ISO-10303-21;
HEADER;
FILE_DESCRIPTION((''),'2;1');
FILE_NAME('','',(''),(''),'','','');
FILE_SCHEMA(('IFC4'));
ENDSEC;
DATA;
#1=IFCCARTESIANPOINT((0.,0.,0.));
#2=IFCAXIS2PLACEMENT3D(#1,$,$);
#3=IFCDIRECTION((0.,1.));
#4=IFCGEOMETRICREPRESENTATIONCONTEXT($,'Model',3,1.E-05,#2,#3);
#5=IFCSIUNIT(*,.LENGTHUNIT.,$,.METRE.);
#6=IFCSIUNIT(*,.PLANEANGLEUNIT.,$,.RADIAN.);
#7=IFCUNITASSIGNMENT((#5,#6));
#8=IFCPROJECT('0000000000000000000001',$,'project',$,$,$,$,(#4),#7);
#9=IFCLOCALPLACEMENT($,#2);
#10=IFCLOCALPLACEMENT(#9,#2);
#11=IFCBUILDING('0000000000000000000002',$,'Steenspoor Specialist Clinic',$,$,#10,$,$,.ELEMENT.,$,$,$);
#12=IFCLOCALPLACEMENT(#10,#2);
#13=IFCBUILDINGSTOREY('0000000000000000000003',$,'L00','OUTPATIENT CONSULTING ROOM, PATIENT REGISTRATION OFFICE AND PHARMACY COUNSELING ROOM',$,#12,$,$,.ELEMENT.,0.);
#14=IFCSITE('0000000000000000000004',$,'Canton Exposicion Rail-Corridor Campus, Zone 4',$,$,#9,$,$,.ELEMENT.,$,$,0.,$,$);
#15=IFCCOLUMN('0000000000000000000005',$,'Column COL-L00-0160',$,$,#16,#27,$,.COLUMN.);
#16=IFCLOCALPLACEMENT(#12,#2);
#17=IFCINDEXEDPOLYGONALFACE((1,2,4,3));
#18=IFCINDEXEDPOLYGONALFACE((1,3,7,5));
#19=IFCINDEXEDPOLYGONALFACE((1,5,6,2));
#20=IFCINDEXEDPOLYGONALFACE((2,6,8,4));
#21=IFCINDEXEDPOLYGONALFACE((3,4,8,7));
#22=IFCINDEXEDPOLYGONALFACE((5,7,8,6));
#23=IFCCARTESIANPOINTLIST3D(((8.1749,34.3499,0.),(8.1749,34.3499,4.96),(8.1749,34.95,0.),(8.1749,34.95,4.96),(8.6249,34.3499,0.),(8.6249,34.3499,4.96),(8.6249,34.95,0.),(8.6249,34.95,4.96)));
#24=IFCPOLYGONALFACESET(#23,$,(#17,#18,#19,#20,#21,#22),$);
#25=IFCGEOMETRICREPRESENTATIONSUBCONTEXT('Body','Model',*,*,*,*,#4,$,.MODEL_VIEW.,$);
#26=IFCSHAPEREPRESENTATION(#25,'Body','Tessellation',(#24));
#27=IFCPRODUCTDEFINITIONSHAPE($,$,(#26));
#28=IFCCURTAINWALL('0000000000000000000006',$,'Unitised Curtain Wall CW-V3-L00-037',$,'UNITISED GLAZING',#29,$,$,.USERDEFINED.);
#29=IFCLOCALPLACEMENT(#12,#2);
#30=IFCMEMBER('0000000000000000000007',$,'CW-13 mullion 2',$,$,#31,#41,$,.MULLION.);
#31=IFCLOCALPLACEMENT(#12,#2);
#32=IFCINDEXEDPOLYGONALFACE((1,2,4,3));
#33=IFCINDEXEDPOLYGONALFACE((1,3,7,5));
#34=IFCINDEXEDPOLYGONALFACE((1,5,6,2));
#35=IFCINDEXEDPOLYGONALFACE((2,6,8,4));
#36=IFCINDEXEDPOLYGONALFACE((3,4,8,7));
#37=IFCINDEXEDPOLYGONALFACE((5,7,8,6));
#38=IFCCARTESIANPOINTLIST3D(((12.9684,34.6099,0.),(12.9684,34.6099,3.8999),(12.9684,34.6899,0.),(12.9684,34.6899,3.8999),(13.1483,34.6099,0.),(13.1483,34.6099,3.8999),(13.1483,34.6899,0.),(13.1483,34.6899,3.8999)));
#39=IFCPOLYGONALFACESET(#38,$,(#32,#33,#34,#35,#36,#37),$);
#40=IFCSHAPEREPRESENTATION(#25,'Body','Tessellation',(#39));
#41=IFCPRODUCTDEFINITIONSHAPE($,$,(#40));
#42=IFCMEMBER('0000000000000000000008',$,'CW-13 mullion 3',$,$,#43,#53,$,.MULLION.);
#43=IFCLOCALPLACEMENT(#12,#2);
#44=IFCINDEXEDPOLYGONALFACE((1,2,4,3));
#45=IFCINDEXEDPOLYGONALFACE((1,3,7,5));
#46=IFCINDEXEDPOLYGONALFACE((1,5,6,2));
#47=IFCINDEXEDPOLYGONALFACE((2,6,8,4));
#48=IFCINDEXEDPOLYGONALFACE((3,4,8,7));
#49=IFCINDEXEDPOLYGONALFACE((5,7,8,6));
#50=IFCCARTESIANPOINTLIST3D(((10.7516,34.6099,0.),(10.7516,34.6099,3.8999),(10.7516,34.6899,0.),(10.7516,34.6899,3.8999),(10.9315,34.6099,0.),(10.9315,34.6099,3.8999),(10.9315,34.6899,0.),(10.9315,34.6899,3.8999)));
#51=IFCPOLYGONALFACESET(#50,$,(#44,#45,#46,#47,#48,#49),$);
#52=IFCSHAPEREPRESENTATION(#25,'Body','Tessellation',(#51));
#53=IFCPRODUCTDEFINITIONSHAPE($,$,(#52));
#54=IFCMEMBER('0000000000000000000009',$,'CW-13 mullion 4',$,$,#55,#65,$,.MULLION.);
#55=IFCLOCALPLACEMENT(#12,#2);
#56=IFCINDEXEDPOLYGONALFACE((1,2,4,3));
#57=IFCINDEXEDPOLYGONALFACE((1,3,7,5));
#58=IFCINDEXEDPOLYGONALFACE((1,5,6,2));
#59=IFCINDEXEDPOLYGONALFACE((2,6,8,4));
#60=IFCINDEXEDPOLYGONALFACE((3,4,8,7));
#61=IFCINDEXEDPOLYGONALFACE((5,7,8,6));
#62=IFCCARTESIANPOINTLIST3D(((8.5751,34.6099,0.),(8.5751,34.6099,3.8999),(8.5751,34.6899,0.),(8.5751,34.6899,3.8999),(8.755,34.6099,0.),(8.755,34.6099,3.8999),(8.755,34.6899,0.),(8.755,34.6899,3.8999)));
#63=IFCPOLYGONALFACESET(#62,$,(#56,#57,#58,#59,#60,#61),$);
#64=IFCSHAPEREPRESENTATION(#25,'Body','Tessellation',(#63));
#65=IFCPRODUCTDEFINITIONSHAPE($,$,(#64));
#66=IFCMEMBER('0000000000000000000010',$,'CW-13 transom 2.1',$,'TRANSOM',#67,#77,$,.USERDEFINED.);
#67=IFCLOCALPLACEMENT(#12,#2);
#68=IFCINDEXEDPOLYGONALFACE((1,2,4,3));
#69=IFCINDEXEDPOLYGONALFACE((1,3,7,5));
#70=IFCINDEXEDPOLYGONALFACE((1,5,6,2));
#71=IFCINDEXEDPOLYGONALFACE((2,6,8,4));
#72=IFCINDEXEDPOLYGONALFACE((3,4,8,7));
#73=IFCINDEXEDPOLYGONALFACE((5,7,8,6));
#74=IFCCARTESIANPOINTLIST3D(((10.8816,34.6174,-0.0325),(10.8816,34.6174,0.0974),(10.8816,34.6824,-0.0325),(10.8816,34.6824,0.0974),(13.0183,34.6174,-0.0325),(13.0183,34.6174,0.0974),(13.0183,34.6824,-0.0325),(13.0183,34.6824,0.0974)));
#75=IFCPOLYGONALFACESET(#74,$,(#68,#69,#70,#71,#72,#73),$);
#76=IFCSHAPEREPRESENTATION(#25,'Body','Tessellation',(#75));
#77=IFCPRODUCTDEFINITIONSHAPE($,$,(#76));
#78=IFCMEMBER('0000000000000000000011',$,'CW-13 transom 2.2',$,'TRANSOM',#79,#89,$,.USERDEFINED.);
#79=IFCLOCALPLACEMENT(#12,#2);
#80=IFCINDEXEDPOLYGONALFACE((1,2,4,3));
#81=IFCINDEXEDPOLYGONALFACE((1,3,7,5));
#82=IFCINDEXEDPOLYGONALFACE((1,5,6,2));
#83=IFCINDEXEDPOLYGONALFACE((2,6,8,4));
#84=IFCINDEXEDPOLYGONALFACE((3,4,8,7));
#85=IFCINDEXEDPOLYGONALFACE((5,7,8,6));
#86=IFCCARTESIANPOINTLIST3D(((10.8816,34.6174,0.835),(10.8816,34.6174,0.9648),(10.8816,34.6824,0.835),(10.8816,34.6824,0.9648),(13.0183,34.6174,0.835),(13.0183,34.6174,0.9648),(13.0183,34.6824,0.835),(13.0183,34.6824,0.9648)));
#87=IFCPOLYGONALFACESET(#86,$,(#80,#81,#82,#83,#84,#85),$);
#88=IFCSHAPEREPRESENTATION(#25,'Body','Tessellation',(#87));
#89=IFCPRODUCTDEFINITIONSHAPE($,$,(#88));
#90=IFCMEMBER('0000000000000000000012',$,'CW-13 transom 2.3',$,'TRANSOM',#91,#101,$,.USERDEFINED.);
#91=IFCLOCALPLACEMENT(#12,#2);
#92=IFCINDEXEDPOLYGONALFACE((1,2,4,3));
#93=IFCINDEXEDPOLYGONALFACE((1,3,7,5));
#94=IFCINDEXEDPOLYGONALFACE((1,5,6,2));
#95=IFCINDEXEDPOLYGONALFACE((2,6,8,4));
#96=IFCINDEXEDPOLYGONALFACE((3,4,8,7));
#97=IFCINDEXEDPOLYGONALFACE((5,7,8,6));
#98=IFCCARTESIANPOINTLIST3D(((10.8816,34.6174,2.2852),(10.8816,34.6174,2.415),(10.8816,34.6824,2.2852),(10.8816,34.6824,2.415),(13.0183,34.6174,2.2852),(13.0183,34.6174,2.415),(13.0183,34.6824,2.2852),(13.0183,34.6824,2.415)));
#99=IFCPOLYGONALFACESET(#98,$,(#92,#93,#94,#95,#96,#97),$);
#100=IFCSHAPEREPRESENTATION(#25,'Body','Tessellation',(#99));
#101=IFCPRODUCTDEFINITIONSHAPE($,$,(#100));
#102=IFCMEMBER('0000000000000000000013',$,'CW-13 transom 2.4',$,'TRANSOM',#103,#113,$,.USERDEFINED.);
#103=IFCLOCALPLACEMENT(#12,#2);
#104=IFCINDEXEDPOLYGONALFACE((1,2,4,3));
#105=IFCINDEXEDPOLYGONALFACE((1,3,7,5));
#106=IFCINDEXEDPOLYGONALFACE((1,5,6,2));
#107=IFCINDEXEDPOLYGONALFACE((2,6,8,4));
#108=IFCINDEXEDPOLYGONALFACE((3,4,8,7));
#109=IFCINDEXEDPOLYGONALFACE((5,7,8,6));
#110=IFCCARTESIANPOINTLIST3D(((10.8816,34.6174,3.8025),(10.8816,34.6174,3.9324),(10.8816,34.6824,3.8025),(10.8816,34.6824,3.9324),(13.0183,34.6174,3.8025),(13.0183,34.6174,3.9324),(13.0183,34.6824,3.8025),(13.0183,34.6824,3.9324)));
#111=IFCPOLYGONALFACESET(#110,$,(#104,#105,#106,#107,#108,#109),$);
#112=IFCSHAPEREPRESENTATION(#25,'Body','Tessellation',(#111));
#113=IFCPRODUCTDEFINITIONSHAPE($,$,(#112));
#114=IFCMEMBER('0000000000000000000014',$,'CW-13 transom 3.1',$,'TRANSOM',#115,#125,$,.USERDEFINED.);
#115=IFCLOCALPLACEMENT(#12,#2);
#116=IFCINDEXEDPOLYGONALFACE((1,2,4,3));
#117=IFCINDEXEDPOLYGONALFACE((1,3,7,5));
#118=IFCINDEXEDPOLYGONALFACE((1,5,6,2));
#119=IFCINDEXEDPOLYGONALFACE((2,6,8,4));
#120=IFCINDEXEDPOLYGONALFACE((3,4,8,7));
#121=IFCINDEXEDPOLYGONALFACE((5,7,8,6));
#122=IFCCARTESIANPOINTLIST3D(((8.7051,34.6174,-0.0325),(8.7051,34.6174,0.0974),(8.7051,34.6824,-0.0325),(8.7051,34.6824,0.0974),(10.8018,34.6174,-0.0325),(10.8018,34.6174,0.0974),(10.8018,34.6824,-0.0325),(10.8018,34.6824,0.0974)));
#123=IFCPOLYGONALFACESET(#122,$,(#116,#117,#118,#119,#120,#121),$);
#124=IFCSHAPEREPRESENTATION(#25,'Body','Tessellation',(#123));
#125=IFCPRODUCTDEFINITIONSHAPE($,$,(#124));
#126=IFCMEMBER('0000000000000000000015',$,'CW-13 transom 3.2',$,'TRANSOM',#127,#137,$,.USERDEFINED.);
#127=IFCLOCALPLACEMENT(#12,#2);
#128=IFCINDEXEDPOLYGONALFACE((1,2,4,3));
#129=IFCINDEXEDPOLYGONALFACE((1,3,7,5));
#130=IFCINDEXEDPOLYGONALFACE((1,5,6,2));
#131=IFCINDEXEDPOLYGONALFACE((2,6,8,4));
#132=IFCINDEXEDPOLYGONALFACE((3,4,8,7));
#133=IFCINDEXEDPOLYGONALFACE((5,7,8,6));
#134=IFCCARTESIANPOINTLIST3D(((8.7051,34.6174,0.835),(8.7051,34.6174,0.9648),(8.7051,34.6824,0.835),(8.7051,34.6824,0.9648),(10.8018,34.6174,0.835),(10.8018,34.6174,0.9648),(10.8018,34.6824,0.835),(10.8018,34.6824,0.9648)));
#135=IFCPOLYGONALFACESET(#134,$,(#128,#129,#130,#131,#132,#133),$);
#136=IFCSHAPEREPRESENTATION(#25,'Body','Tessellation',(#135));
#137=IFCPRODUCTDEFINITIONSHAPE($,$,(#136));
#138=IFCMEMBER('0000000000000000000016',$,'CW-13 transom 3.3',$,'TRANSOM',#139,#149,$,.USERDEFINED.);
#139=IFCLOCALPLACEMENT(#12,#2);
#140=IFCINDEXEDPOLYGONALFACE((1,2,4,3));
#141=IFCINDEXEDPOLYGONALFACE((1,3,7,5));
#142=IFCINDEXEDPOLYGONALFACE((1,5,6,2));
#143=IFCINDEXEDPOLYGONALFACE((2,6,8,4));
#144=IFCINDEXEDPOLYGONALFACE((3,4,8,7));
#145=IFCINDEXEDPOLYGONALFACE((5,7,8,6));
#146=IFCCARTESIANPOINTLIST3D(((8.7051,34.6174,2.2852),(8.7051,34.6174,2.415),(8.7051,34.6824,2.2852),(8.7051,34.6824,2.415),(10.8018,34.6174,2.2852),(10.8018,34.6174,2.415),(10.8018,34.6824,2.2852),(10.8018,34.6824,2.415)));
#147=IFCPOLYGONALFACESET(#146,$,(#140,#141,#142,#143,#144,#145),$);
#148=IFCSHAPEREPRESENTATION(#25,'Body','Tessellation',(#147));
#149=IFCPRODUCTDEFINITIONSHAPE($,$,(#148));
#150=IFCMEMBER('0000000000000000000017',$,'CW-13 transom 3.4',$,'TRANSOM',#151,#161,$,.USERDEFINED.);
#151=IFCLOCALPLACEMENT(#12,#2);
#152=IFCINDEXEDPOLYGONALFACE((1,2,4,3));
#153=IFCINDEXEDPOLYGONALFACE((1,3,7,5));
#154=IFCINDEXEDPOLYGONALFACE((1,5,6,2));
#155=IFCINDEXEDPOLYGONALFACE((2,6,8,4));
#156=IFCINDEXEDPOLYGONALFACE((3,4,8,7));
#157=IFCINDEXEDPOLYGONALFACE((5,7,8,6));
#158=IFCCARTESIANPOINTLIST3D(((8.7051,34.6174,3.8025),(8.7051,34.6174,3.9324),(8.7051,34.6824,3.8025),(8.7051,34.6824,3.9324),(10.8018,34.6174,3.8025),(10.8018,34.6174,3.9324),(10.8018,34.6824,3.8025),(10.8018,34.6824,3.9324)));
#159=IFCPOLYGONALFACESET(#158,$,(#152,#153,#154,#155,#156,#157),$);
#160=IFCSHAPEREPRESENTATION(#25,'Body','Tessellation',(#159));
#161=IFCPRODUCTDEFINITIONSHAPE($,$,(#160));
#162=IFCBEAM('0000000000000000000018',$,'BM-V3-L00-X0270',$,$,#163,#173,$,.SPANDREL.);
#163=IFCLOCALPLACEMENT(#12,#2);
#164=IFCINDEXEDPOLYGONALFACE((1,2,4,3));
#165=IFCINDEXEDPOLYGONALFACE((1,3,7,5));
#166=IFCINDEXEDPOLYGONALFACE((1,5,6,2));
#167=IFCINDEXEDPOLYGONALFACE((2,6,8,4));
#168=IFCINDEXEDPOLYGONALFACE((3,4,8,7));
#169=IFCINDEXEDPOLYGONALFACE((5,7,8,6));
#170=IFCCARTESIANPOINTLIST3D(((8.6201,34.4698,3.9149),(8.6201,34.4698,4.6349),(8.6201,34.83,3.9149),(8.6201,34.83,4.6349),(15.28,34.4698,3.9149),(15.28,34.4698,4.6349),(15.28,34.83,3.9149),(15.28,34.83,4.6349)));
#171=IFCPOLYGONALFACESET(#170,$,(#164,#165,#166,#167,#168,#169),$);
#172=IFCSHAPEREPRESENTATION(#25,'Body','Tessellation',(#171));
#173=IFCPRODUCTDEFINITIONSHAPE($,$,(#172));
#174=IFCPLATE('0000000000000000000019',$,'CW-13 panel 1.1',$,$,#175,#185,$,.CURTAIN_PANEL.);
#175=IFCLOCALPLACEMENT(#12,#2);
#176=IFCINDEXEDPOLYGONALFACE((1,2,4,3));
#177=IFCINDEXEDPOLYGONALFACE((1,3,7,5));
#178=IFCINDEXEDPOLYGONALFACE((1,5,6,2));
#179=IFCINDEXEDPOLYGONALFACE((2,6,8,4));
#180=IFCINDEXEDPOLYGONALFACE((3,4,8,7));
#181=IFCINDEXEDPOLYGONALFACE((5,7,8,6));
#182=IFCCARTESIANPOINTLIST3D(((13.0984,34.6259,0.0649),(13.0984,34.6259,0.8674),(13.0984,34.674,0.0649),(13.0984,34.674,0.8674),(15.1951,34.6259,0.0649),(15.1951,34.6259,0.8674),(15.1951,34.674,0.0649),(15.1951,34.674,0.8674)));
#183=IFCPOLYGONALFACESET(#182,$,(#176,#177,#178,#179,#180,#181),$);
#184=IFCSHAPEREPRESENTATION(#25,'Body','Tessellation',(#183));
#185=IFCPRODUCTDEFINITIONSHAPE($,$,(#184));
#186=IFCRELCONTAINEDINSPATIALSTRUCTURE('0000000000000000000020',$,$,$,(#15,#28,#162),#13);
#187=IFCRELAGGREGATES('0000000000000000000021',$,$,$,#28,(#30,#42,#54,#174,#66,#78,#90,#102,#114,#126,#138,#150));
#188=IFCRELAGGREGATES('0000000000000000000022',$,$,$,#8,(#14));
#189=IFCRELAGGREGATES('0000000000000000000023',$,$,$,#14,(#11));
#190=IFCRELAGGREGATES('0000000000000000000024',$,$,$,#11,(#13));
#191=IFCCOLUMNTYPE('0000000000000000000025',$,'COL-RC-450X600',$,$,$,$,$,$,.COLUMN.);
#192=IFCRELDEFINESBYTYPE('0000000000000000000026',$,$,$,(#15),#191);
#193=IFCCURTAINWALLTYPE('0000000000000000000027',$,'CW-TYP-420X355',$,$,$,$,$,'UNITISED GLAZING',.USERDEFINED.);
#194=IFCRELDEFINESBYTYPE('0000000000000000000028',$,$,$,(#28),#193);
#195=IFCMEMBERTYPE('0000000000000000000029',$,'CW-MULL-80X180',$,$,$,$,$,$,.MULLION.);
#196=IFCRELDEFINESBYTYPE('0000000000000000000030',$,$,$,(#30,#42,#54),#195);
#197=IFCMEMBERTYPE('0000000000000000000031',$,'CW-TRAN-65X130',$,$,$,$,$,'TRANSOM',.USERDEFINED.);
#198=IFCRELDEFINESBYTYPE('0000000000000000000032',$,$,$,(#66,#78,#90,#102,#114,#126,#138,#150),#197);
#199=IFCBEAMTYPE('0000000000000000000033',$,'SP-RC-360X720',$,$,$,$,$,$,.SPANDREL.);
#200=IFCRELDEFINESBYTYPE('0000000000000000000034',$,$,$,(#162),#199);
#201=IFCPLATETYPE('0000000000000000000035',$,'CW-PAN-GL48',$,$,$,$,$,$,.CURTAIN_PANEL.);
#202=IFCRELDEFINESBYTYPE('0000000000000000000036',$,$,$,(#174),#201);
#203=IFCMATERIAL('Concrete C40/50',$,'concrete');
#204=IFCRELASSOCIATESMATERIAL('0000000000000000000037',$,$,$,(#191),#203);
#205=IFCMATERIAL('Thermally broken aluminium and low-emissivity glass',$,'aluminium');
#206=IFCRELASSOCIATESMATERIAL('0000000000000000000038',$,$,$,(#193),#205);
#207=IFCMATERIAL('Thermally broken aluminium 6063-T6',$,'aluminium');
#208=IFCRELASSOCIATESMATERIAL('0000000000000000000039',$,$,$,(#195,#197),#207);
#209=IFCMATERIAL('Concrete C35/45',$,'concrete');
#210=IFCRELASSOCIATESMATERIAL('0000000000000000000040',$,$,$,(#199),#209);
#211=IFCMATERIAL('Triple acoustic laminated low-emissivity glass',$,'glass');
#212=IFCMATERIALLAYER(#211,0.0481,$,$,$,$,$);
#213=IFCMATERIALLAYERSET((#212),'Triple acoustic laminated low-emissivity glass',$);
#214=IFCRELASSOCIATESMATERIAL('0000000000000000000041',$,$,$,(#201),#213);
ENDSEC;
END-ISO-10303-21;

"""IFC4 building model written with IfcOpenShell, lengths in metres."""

from ifc_helpers import new_model, si_unit, direction, frame, origin, origin_2d, place, context, subcontext, project, spatial, rectangle, extrude, material, layer, layer_set, material_profile, profile_set, type_object, element, aggregate, save


model = new_model("IFC4")

# Units and contexts
model_context = context("Model", 3, precision=1e-05, world=origin(), true_north=direction((0.0, 1.0)))
body_context = subcontext(model_context, "Body", "Model", "MODEL_VIEW")
ifc_project = project(units=[si_unit("LENGTHUNIT", "METRE"), si_unit("PLANEANGLEUNIT", "RADIAN")], contexts=[model_context])

# Site, building, storey
site_placement = place(None, origin())
site = spatial("IfcSite", under=ifc_project, at=site_placement, Name="Canton Exposicion Rail-Corridor Campus, Zone 4", CompositionType="ELEMENT", RefElevation=0.0)
building_placement = place(site_placement, origin())
building = spatial("IfcBuilding", under=site, at=building_placement, Name="Steenspoor Specialist Clinic", CompositionType="ELEMENT")
storey_placement = place(building_placement, origin())
storey = spatial("IfcBuildingStorey", under=building, at=storey_placement, Name="L00", Description="OUTPATIENT CONSULTING ROOM, PATIENT REGISTRATION OFFICE AND PHARMACY COUNSELING ROOM", CompositionType="ELEMENT", Elevation=0.0)

# Shared definitions
ifc_material_1 = material(Name="Concrete C35/45", Category="concrete")

# Column
ifc_material_2 = material(Name="Concrete C40/50", Category="concrete")
ifc_material_profile_1 = material_profile(ifc_material_2, rectangle(XDim=0.45, YDim=0.6001, at=origin_2d()), Name="RC-COL-450X600")
ifc_profile_set_1 = profile_set([ifc_material_profile_1], Name="Concrete C40/50")
column_type_1 = type_object("IfcColumnType", Name="COL-RC-450X600", PredefinedType="COLUMN", material=ifc_profile_set_1)
column_placement = place(storey_placement, frame((8.3999, 34.6499, 0.0), z_axis=(0.0, 0.0, 1.0), x_axis=(1.0, 0.0, 0.0)))
element("IfcColumn", 1, at=column_placement, inside=storey, type_object=column_type_1, Name="Column COL-L00-0160", PredefinedType="COLUMN", context=body_context, shape_type="SweptSolid", body=[
    extrude(rectangle(XDim=0.45, YDim=0.6001, at=origin_2d()), origin(), (0.0, 0.0, 1.0), 4.96),
])

# Curtain wall, members
ifc_material_3 = material(Name="Thermally broken aluminium and low-emissivity glass", Category="aluminium")
curtain_wall_type = type_object("IfcCurtainWallType", Name="CW-TYP-420X355", ElementType="UNITISED GLAZING", PredefinedType="USERDEFINED", material=ifc_material_3)
curtain_wall_placement = place(storey_placement, origin())
curtain_wall = element("IfcCurtainWall", 2, at=curtain_wall_placement, inside=storey, type_object=curtain_wall_type, Name="Unitised Curtain Wall CW-V3-L00-037", ObjectType="UNITISED GLAZING", PredefinedType="USERDEFINED")
ifc_material_4 = material(Name="Thermally broken aluminium 6063-T6", Category="aluminium")
ifc_material_profile_2 = material_profile(ifc_material_4, rectangle(XDim=0.0801, YDim=0.1799, at=origin_2d()), Name="CWM-80X180")
ifc_profile_set_2 = profile_set([ifc_material_profile_2], Name="Thermally broken aluminium 6063-T6")
member_type_1 = type_object("IfcMemberType", Name="CW-MULL-80X180", PredefinedType="MULLION", material=ifc_profile_set_2)
member_1_placement = place(storey_placement, frame((13.0583, 34.6499, 0.0), z_axis=(0.0, 0.0, 1.0), x_axis=(0.0, -1.0, 0.0)))
member_1 = element("IfcMember", 3, at=member_1_placement, type_object=member_type_1, Name="CW-13 mullion 2", PredefinedType="MULLION", context=body_context, shape_type="SweptSolid", body=[
    extrude(rectangle(XDim=0.0801, YDim=0.1799, at=origin_2d()), origin(), (0.0, 0.0, 1.0), 3.8999),
])
member_2_placement = place(storey_placement, frame((10.8416, 34.6499, 0.0), z_axis=(0.0, 0.0, 1.0), x_axis=(0.0, -1.0, 0.0)))
member_2 = element("IfcMember", 4, at=member_2_placement, type_object=member_type_1, Name="CW-13 mullion 3", PredefinedType="MULLION", context=body_context, shape_type="SweptSolid", body=[
    extrude(rectangle(XDim=0.0801, YDim=0.1799, at=origin_2d()), origin(), (0.0, 0.0, 1.0), 3.8999),
])
member_3_placement = place(storey_placement, frame((8.665, 34.6499, 0.0), z_axis=(0.0, 0.0, 1.0), x_axis=(0.0, -1.0, 0.0)))
member_3 = element("IfcMember", 5, at=member_3_placement, type_object=member_type_1, Name="CW-13 mullion 4", PredefinedType="MULLION", context=body_context, shape_type="SweptSolid", body=[
    extrude(rectangle(XDim=0.0801, YDim=0.1799, at=origin_2d()), origin(), (0.0, 0.0, 1.0), 3.8999),
])
ifc_material_profile_3 = material_profile(ifc_material_4, rectangle(XDim=0.0649, YDim=0.1299, at=origin_2d()), Name="CWT-65X130")
ifc_profile_set_3 = profile_set([ifc_material_profile_3], Name="Thermally broken aluminium 6063-T6")
member_type_2 = type_object("IfcMemberType", Name="CW-TRAN-65X130", ElementType="TRANSOM", PredefinedType="USERDEFINED", material=ifc_profile_set_3)
member_4_placement = place(storey_placement, frame((13.0183, 34.6499, 0.0325), z_axis=(-1.0, 0.0, 0.0), x_axis=(0.0, -1.0, 0.0)))
member_4 = element("IfcMember", 6, at=member_4_placement, type_object=member_type_2, Name="CW-13 transom 2.1", ObjectType="TRANSOM", PredefinedType="USERDEFINED", context=body_context, shape_type="SweptSolid", body=[
    extrude(rectangle(XDim=0.0649, YDim=0.1299, at=origin_2d()), origin(), (0.0, 0.0, 1.0), 2.1367),
])
member_5_placement = place(storey_placement, frame((13.0183, 34.6499, 0.8999), z_axis=(-1.0, 0.0, 0.0), x_axis=(0.0, -1.0, 0.0)))
member_5 = element("IfcMember", 7, at=member_5_placement, type_object=member_type_2, Name="CW-13 transom 2.2", ObjectType="TRANSOM", PredefinedType="USERDEFINED", context=body_context, shape_type="SweptSolid", body=[
    extrude(rectangle(XDim=0.0649, YDim=0.1299, at=origin_2d()), origin(), (0.0, 0.0, 1.0), 2.1367),
])
member_6_placement = place(storey_placement, frame((13.0183, 34.6499, 2.3501), z_axis=(-1.0, 0.0, 0.0), x_axis=(0.0, -1.0, 0.0)))
member_6 = element("IfcMember", 8, at=member_6_placement, type_object=member_type_2, Name="CW-13 transom 2.3", ObjectType="TRANSOM", PredefinedType="USERDEFINED", context=body_context, shape_type="SweptSolid", body=[
    extrude(rectangle(XDim=0.0649, YDim=0.1299, at=origin_2d()), origin(), (0.0, 0.0, 1.0), 2.1367),
])
member_7_placement = place(storey_placement, frame((13.0183, 34.6499, 3.8674), z_axis=(-1.0, 0.0, 0.0), x_axis=(0.0, -1.0, 0.0)))
member_7 = element("IfcMember", 9, at=member_7_placement, type_object=member_type_2, Name="CW-13 transom 2.4", ObjectType="TRANSOM", PredefinedType="USERDEFINED", context=body_context, shape_type="SweptSolid", body=[
    extrude(rectangle(XDim=0.0649, YDim=0.1299, at=origin_2d()), origin(), (0.0, 0.0, 1.0), 2.1367),
])
member_8_placement = place(storey_placement, frame((10.8018, 34.6499, 0.0325), z_axis=(-1.0, 0.0, 0.0), x_axis=(0.0, -1.0, 0.0)))
member_8 = element("IfcMember", 10, at=member_8_placement, type_object=member_type_2, Name="CW-13 transom 3.1", ObjectType="TRANSOM", PredefinedType="USERDEFINED", context=body_context, shape_type="SweptSolid", body=[
    extrude(rectangle(XDim=0.0649, YDim=0.1299, at=origin_2d()), origin(), (0.0, 0.0, 1.0), 2.0967),
])
member_9_placement = place(storey_placement, frame((10.8018, 34.6499, 0.8999), z_axis=(-1.0, 0.0, 0.0), x_axis=(0.0, -1.0, 0.0)))
member_9 = element("IfcMember", 11, at=member_9_placement, type_object=member_type_2, Name="CW-13 transom 3.2", ObjectType="TRANSOM", PredefinedType="USERDEFINED", context=body_context, shape_type="SweptSolid", body=[
    extrude(rectangle(XDim=0.0649, YDim=0.1299, at=origin_2d()), origin(), (0.0, 0.0, 1.0), 2.0967),
])
member_10_placement = place(storey_placement, frame((10.8018, 34.6499, 2.3501), z_axis=(-1.0, 0.0, 0.0), x_axis=(0.0, -1.0, 0.0)))
member_10 = element("IfcMember", 12, at=member_10_placement, type_object=member_type_2, Name="CW-13 transom 3.3", ObjectType="TRANSOM", PredefinedType="USERDEFINED", context=body_context, shape_type="SweptSolid", body=[
    extrude(rectangle(XDim=0.0649, YDim=0.1299, at=origin_2d()), origin(), (0.0, 0.0, 1.0), 2.0967),
])
member_11_placement = place(storey_placement, frame((10.8018, 34.6499, 3.8674), z_axis=(-1.0, 0.0, 0.0), x_axis=(0.0, -1.0, 0.0)))
member_11 = element("IfcMember", 13, at=member_11_placement, type_object=member_type_2, Name="CW-13 transom 3.4", ObjectType="TRANSOM", PredefinedType="USERDEFINED", context=body_context, shape_type="SweptSolid", body=[
    extrude(rectangle(XDim=0.0649, YDim=0.1299, at=origin_2d()), origin(), (0.0, 0.0, 1.0), 2.0967),
])

# Beam
ifc_material_profile_4 = material_profile(ifc_material_1, rectangle(XDim=0.3601, YDim=0.72, at=origin_2d()), Name="RC-SP-360X720")
ifc_profile_set_4 = profile_set([ifc_material_profile_4], Name="Concrete C35/45")
beam_type = type_object("IfcBeamType", Name="SP-RC-360X720", PredefinedType="SPANDREL", material=ifc_profile_set_4)
beam_placement = place(storey_placement, frame((8.6201, 34.6499, 4.2749), z_axis=(1.0, 0.0, 0.0), x_axis=(0.0, 1.0, 0.0)))
element("IfcBeam", 14, at=beam_placement, inside=storey, type_object=beam_type, Name="BM-V3-L00-X0270", PredefinedType="SPANDREL", context=body_context, shape_type="SweptSolid", body=[
    extrude(rectangle(XDim=0.3601, YDim=0.72, at=origin_2d()), origin(), (0.0, 0.0, 1.0), 6.6599),
])

# Plate
ifc_material_5 = material(Name="Triple acoustic laminated low-emissivity glass", Category="glass")
ifc_layer_1 = layer(ifc_material_5, 0.0481)
ifc_layer_set_1 = layer_set([ifc_layer_1], Name="Triple acoustic laminated low-emissivity glass")
plate_type = type_object("IfcPlateType", Name="CW-PAN-GL48", PredefinedType="CURTAIN_PANEL", material=ifc_layer_set_1)
plate_1_placement = place(storey_placement, frame((14.1467, 34.6499, 0.0649), z_axis=(0.0, 0.0, 1.0), x_axis=(-1.0, 0.0, 0.0)))
plate_1 = element("IfcPlate", 15, at=plate_1_placement, type_object=plate_type, Name="CW-13 panel 1.1", PredefinedType="CURTAIN_PANEL", context=body_context, shape_type="SweptSolid", body=[
    extrude(rectangle(XDim=2.0967, YDim=0.0481, at=origin_2d()), origin(), (0.0, 0.0, 1.0), 0.8025),
])
aggregate(curtain_wall, [member_1, member_2, member_3, plate_1, member_4, member_5, member_6, member_7, member_8, member_9, member_10, member_11])

save(model, "model.ifc")
